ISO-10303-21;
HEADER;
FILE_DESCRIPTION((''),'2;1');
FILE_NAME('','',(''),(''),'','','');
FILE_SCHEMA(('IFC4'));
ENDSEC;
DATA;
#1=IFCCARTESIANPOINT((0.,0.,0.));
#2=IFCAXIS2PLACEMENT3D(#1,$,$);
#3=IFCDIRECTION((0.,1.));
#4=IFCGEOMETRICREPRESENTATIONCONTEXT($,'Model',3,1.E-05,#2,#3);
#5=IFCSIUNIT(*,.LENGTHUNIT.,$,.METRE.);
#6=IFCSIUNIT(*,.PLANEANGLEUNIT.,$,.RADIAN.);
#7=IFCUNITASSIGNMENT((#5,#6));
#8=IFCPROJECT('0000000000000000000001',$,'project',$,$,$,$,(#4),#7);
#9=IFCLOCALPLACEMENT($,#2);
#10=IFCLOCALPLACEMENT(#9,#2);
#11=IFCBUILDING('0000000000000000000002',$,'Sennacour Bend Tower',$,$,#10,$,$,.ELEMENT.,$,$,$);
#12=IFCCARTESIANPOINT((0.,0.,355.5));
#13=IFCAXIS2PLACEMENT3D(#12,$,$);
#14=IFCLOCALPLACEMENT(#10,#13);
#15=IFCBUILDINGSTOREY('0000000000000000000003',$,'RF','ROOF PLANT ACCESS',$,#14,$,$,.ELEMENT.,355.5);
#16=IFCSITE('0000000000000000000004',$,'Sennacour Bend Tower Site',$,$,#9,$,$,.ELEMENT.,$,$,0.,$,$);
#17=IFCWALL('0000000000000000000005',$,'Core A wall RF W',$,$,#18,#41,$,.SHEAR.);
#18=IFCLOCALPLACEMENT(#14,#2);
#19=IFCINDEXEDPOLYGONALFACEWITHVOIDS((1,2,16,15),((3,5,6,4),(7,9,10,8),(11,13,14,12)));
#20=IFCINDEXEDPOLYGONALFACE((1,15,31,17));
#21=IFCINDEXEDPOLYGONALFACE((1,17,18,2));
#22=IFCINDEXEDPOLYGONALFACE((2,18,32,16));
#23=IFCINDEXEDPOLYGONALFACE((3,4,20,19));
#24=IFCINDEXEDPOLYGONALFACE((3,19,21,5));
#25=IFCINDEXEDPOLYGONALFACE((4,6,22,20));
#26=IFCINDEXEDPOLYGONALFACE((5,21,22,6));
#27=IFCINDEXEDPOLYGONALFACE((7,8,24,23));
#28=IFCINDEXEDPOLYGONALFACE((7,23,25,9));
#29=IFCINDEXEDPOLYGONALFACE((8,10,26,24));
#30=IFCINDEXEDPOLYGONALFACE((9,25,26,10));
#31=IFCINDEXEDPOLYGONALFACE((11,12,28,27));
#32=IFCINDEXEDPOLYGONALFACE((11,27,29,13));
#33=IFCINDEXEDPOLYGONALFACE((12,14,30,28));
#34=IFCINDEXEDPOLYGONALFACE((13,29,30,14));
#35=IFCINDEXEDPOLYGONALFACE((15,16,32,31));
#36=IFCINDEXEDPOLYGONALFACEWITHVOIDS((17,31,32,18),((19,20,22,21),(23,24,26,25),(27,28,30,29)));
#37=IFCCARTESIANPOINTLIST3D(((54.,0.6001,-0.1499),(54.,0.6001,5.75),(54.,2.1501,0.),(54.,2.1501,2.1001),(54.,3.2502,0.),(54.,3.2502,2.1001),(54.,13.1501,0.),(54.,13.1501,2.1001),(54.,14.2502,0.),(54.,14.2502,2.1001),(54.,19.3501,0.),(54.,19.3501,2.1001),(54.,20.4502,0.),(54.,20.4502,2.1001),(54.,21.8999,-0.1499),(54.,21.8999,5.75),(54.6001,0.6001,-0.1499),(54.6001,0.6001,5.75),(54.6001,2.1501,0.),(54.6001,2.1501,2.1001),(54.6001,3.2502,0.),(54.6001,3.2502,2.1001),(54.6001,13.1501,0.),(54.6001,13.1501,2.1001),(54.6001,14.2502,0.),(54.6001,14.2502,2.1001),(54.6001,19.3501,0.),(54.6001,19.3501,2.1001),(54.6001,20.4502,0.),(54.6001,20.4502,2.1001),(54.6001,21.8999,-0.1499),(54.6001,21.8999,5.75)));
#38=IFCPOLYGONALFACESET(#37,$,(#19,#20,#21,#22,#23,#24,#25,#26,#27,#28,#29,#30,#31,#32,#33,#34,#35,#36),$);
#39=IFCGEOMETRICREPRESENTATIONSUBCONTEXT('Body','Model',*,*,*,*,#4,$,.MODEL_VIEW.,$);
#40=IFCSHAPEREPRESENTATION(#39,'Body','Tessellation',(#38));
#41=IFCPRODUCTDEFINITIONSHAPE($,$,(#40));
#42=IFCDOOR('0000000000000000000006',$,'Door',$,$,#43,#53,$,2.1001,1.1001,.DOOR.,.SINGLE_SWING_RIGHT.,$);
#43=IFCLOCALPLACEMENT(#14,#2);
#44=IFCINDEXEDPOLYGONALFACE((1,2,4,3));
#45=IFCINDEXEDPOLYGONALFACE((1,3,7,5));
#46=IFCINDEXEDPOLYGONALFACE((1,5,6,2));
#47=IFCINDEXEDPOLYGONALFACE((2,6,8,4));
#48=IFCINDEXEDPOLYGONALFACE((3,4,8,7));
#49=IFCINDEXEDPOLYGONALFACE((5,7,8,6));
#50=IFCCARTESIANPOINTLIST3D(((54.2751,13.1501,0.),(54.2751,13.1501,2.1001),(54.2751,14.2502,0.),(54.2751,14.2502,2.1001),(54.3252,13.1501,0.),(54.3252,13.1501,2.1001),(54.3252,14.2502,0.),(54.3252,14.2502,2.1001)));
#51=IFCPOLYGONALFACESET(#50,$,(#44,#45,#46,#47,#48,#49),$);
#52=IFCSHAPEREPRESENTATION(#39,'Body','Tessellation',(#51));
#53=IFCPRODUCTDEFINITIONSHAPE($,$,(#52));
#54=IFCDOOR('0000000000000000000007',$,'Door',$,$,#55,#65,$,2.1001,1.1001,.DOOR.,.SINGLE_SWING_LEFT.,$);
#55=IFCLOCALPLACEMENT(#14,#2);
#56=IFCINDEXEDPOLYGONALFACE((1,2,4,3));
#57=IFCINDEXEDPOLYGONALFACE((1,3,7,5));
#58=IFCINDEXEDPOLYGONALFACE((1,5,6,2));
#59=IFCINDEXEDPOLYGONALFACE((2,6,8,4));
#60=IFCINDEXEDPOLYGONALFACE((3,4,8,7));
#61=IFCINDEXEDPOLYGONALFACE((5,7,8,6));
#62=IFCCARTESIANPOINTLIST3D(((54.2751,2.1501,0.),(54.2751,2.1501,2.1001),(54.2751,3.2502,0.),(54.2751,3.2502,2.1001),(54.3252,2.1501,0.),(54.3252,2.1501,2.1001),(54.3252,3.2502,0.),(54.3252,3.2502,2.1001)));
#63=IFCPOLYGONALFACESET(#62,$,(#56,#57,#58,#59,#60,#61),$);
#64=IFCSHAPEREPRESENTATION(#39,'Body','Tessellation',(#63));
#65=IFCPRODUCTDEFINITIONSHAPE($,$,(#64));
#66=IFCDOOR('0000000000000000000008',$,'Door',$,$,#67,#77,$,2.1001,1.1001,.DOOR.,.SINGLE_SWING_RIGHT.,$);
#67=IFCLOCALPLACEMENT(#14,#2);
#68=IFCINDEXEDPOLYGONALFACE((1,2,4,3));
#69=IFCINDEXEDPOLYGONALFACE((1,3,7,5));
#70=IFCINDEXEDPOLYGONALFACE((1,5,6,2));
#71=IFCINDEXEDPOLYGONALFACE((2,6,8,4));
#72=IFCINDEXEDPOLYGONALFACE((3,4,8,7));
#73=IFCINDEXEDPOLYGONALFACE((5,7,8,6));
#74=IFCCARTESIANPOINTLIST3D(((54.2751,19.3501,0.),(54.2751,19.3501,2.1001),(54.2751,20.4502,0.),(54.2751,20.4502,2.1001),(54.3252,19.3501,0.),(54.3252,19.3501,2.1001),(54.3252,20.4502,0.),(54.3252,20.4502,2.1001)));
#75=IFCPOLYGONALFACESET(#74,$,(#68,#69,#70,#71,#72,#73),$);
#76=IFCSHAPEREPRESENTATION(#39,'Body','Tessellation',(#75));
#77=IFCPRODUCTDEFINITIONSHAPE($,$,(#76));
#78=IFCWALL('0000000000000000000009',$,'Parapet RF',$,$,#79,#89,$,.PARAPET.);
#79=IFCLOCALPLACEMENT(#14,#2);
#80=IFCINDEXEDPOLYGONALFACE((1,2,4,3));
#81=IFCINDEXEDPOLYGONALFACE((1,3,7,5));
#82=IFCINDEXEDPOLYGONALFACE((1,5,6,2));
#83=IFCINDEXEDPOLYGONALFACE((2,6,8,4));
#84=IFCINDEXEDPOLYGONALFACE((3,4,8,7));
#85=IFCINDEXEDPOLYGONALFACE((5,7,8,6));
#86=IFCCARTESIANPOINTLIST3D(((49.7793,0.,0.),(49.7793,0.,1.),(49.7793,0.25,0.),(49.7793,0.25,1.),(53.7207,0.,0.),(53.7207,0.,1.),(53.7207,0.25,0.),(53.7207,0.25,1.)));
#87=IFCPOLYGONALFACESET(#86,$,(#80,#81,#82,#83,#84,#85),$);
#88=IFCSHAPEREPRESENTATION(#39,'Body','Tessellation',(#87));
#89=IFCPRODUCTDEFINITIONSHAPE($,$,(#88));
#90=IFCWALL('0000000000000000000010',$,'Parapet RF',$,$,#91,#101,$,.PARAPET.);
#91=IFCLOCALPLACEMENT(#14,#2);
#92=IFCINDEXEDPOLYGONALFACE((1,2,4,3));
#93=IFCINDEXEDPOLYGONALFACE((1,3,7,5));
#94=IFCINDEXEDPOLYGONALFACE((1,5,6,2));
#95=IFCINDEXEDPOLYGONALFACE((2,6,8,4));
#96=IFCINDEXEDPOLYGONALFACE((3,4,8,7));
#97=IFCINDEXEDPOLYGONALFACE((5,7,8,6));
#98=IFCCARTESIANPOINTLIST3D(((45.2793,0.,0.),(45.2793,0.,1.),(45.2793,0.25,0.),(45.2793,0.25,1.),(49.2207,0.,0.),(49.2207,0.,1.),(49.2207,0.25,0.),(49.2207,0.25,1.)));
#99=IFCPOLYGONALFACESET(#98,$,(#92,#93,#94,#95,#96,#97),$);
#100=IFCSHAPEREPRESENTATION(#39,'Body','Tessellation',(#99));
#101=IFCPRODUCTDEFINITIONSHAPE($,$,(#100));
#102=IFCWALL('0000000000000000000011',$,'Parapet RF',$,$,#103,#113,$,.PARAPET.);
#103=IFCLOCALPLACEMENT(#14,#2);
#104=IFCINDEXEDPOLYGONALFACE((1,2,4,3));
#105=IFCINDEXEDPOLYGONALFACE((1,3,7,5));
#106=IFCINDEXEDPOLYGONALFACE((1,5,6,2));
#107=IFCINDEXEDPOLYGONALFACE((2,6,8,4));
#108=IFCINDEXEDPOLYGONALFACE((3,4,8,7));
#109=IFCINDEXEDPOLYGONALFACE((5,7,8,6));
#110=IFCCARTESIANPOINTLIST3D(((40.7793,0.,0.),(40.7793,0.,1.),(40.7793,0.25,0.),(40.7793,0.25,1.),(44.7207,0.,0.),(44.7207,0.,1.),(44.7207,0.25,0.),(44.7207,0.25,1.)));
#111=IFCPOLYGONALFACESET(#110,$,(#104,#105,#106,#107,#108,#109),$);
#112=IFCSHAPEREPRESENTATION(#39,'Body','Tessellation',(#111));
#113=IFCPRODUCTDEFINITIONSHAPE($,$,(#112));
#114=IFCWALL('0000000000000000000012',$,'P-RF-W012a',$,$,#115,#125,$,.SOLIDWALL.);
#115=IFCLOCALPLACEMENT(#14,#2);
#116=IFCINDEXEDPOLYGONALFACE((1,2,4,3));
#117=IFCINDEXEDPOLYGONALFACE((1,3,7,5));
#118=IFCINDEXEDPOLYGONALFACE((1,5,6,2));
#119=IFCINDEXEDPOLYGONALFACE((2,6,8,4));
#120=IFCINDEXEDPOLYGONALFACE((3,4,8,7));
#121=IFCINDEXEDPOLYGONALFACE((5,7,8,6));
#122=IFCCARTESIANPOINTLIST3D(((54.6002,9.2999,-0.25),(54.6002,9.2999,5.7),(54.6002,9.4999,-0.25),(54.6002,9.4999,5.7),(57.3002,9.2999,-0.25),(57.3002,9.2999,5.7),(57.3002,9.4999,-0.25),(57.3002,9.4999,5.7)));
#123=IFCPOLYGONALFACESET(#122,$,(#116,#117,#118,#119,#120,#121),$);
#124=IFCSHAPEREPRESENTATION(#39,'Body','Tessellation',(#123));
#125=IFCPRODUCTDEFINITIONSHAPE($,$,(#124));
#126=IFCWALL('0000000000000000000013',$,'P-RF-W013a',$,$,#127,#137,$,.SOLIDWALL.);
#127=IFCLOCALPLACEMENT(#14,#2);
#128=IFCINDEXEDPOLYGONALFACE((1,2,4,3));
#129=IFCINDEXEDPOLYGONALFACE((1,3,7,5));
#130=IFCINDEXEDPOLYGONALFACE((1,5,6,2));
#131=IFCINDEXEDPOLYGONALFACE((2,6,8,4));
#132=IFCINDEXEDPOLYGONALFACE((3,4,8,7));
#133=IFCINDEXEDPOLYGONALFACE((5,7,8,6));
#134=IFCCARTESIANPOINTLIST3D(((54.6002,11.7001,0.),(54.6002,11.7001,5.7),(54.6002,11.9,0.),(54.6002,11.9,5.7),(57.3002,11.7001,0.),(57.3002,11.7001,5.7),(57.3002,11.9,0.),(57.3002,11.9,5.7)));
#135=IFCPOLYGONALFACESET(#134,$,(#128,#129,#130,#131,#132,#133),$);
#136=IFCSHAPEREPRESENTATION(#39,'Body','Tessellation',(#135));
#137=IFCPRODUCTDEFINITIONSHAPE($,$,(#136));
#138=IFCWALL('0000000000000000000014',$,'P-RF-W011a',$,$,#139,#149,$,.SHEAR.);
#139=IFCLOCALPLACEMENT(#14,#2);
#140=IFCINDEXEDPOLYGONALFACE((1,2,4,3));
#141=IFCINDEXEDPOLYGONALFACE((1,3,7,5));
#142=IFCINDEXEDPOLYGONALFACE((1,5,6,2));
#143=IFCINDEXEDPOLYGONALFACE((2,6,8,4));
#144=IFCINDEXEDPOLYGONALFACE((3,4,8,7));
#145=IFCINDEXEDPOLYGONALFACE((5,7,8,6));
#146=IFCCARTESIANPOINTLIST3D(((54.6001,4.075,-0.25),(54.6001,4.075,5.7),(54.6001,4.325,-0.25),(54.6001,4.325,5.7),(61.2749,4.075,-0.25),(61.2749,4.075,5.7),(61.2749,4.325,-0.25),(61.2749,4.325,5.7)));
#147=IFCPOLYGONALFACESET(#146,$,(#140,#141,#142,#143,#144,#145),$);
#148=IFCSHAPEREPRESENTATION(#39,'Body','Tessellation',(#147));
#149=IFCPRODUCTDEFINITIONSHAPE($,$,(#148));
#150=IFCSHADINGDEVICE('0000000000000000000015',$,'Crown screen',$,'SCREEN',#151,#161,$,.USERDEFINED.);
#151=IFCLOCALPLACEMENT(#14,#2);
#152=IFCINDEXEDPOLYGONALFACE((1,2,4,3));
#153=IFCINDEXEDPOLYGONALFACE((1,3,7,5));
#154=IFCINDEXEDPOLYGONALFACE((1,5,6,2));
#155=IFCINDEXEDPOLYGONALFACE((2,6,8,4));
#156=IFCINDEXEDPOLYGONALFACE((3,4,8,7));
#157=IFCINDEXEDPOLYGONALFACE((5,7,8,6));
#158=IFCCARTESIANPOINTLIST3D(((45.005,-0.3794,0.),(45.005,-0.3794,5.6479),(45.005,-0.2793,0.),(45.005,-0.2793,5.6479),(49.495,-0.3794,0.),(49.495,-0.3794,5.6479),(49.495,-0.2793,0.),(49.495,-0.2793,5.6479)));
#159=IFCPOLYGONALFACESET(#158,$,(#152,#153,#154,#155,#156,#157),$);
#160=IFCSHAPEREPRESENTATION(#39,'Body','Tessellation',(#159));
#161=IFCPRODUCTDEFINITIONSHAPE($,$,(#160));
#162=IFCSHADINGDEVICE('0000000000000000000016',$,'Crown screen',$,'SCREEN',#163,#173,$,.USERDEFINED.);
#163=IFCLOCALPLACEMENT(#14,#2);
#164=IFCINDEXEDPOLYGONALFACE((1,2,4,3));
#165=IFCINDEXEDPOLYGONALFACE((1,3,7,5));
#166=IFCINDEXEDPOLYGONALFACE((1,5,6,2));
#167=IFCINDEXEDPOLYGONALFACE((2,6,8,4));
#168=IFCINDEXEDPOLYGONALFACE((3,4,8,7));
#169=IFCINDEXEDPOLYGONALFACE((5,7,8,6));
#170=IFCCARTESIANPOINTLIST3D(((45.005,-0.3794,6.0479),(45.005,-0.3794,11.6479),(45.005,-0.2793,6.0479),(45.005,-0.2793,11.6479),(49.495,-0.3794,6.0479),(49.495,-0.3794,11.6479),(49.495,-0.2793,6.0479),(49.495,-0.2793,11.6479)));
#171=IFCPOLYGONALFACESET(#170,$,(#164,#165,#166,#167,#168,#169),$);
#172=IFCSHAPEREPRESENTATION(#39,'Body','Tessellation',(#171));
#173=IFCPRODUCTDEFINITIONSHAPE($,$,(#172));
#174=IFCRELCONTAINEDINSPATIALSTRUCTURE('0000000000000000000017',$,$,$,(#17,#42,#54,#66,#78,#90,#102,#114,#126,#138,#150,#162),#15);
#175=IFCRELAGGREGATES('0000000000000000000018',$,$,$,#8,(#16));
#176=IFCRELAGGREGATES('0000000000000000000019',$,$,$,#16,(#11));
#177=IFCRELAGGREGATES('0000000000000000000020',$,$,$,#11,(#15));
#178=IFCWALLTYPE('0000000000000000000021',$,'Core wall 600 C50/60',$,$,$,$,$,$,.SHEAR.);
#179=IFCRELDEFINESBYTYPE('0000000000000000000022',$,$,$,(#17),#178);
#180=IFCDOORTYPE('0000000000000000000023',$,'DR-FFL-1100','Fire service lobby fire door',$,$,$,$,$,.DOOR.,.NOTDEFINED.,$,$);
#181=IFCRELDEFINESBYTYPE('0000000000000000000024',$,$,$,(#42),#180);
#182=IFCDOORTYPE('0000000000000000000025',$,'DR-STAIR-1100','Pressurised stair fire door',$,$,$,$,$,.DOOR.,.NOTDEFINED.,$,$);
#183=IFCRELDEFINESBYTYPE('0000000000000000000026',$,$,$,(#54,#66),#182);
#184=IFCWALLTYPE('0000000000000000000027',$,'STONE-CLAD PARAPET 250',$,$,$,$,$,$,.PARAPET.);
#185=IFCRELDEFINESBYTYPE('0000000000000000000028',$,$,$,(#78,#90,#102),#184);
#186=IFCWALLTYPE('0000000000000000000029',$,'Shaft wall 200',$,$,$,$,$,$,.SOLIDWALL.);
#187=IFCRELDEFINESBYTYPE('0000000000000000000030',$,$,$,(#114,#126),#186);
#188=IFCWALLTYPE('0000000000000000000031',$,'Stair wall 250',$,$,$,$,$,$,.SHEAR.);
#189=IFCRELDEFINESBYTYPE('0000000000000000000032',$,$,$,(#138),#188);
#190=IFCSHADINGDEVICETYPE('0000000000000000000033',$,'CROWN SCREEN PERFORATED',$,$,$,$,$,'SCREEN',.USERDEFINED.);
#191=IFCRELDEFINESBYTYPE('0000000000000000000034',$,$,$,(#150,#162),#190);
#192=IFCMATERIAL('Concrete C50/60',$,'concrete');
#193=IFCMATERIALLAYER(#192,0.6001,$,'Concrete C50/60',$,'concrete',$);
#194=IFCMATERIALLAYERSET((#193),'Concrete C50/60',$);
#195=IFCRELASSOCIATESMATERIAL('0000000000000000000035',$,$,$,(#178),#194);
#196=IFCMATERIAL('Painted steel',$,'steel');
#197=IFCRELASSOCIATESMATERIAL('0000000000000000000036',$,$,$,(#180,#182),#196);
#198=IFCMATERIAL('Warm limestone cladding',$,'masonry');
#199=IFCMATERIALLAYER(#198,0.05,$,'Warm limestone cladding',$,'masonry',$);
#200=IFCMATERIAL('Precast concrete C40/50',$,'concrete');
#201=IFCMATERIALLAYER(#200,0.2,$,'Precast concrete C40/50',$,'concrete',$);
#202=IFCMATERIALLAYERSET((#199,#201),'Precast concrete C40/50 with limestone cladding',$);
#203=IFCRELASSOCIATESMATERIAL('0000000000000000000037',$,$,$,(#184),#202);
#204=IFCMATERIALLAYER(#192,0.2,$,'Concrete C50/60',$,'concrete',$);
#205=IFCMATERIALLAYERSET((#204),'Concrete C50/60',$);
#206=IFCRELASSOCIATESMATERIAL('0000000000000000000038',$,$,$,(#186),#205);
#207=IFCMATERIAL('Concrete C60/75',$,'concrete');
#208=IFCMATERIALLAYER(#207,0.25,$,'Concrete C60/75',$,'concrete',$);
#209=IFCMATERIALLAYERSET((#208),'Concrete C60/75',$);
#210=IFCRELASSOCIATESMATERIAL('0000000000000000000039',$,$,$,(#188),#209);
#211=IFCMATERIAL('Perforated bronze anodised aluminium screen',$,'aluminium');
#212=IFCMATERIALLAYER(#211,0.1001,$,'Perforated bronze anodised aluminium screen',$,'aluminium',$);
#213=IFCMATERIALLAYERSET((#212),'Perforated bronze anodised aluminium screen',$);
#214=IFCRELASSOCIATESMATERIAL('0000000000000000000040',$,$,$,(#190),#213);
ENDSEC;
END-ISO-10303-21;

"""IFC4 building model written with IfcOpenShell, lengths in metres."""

from ifc_helpers import new_model, si_unit, direction, frame, frame_2d, origin, origin_2d, place, context, subcontext, project, spatial, rectangle, extrude, material, layer, layer_set, type_object, element, fill, save


model = new_model("IFC4")

# Units and contexts
model_context = context("Model", 3, precision=1e-05, world=origin(), true_north=direction((0.0, 1.0)))
body_context = subcontext(model_context, "Body", "Model", "MODEL_VIEW")
ifc_project = project(units=[si_unit("LENGTHUNIT", "METRE"), si_unit("PLANEANGLEUNIT", "RADIAN")], contexts=[model_context])

# Site, building, storey
site_placement = place(None, origin())
site = spatial("IfcSite", under=ifc_project, at=site_placement, Name="Sennacour Bend Tower Site", CompositionType="ELEMENT", RefElevation=0.0)
building_placement = place(site_placement, origin())
building = spatial("IfcBuilding", under=site, at=building_placement, Name="Sennacour Bend Tower", CompositionType="ELEMENT")
storey_placement = place(building_placement, frame((0.0, 0.0, 355.5)))
storey = spatial("IfcBuildingStorey", under=building, at=storey_placement, Name="RF", Description="ROOF PLANT ACCESS", CompositionType="ELEMENT", Elevation=355.5)

# Wall, openings, doors
ifc_material_1 = material(Name="Concrete C50/60", Category="concrete")
ifc_layer_1 = layer(ifc_material_1, 0.6001, Name="Concrete C50/60", Category="concrete")
ifc_layer_set_1 = layer_set([ifc_layer_1], Name="Concrete C50/60")
wall_type_1 = type_object("IfcWallType", Name="Core wall 600 C50/60", PredefinedType="SHEAR", material=ifc_layer_set_1)
wall_1_placement = place(storey_placement, frame((54.3, 0.6001, -0.1499), z_axis=(0.0, 0.0, 1.0), x_axis=(0.0, 1.0, 0.0)))
wall_1 = element("IfcWall", 1, at=wall_1_placement, inside=storey, type_object=wall_type_1, Name="Core A wall RF W", PredefinedType="SHEAR", context=body_context, shape_type="SweptSolid", body=[
    extrude(rectangle(XDim=21.2998, YDim=0.6001, at=frame_2d((10.6499, 0.0))), origin(), (0.0, 0.0, 1.0), 5.8999),
])
opening_1_placement = place(wall_1_placement, frame((1.55, 0.0, 0.1499)))
opening_1 = element("IfcOpeningElement", 2, at=opening_1_placement, cuts=wall_1, PredefinedType="OPENING", context=body_context, shape_type="SweptSolid", body=[
    extrude(rectangle(XDim=1.1001, YDim=2.1001, at=frame_2d((0.55, 1.05))), frame((0.0, 0.3101, 0.0), z_axis=(0.0, -1.0, 0.0), x_axis=(1.0, 0.0, 0.0)), (0.0, 0.0, 1.0), 0.6201),
])
opening_2_placement = place(wall_1_placement, frame((18.75, 0.0, 0.1499)))
opening_2 = element("IfcOpeningElement", 3, at=opening_2_placement, cuts=wall_1, PredefinedType="OPENING", context=body_context, shape_type="SweptSolid", body=[
    extrude(rectangle(XDim=1.1001, YDim=2.1001, at=frame_2d((0.55, 1.05))), frame((0.0, 0.3101, 0.0), z_axis=(0.0, -1.0, 0.0), x_axis=(1.0, 0.0, 0.0)), (0.0, 0.0, 1.0), 0.6201),
])
opening_3_placement = place(wall_1_placement, frame((12.55, 0.0, 0.1499)))
opening_3 = element("IfcOpeningElement", 4, at=opening_3_placement, cuts=wall_1, PredefinedType="OPENING", context=body_context, shape_type="SweptSolid", body=[
    extrude(rectangle(XDim=1.1001, YDim=2.1001, at=frame_2d((0.55, 1.05))), frame((0.0, 0.3101, 0.0), z_axis=(0.0, -1.0, 0.0), x_axis=(1.0, 0.0, 0.0)), (0.0, 0.0, 1.0), 0.6201),
])
ifc_material_2 = material(Name="Painted steel", Category="steel")
door_type_1 = type_object("IfcDoorType", Name="DR-FFL-1100", Description="Fire service lobby fire door", OperationType="NOTDEFINED", PredefinedType="DOOR", material=ifc_material_2)
door_1_placement = place(opening_3_placement, origin())
door_1 = element("IfcDoor", 5, at=door_1_placement, inside=storey, type_object=door_type_1, Name="Door", OperationType="SINGLE_SWING_RIGHT", OverallHeight=2.1001, OverallWidth=1.1001, PredefinedType="DOOR", context=body_context, shape_type="SweptSolid", body=[
    extrude(rectangle(XDim=1.1001, YDim=2.1001, at=frame_2d((0.55, 1.05))), frame((0.0, 0.0249, 0.0), z_axis=(0.0, -1.0, 0.0), x_axis=(1.0, 0.0, 0.0)), (0.0, 0.0, 1.0), 0.05),
])
fill(opening_3, door_1)
door_type_2 = type_object("IfcDoorType", Name="DR-STAIR-1100", Description="Pressurised stair fire door", OperationType="NOTDEFINED", PredefinedType="DOOR", material=ifc_material_2)
door_2_placement = place(opening_1_placement, origin())
door_2 = element("IfcDoor", 6, at=door_2_placement, inside=storey, type_object=door_type_2, Name="Door", OperationType="SINGLE_SWING_LEFT", OverallHeight=2.1001, OverallWidth=1.1001, PredefinedType="DOOR", context=body_context, shape_type="SweptSolid", body=[
    extrude(rectangle(XDim=1.1001, YDim=2.1001, at=frame_2d((0.55, 1.05))), frame((0.0, 0.0249, 0.0), z_axis=(0.0, -1.0, 0.0), x_axis=(1.0, 0.0, 0.0)), (0.0, 0.0, 1.0), 0.05),
])
fill(opening_1, door_2)
door_3_placement = place(opening_2_placement, origin())
door_3 = element("IfcDoor", 7, at=door_3_placement, inside=storey, type_object=door_type_2, Name="Door", OperationType="SINGLE_SWING_RIGHT", OverallHeight=2.1001, OverallWidth=1.1001, PredefinedType="DOOR", context=body_context, shape_type="SweptSolid", body=[
    extrude(rectangle(XDim=1.1001, YDim=2.1001, at=frame_2d((0.55, 1.05))), frame((0.0, 0.0249, 0.0), z_axis=(0.0, -1.0, 0.0), x_axis=(1.0, 0.0, 0.0)), (0.0, 0.0, 1.0), 0.05),
])
fill(opening_2, door_3)

# Walls
ifc_material_3 = material(Name="Warm limestone cladding", Category="masonry")
ifc_layer_2 = layer(ifc_material_3, 0.05, Name="Warm limestone cladding", Category="masonry")
ifc_material_4 = material(Name="Precast concrete C40/50", Category="concrete")
ifc_layer_3 = layer(ifc_material_4, 0.2, Name="Precast concrete C40/50", Category="concrete")
ifc_layer_set_2 = layer_set([ifc_layer_2, ifc_layer_3], Name="Precast concrete C40/50 with limestone cladding")
wall_type_2 = type_object("IfcWallType", Name="STONE-CLAD PARAPET 250", PredefinedType="PARAPET", material=ifc_layer_set_2)
for number, where, z_axis, x_axis, name in (
    (8, (53.7207, 0.125, 0.0), (0.0, 0.0, 1.0), (-1.0, 0.0, 0.0), "Parapet RF"),
    (9, (49.2207, 0.125, 0.0), (0.0, 0.0, 1.0), (-1.0, 0.0, 0.0), "Parapet RF"),
    (10, (44.7207, 0.125, 0.0), (0.0, 0.0, 1.0), (-1.0, 0.0, 0.0), "Parapet RF"),
):
    element("IfcWall", number, at=place(storey_placement, frame(where, z_axis=z_axis, x_axis=x_axis)), inside=storey, type_object=wall_type_2, Name=name, PredefinedType="PARAPET", context=body_context, shape_type="SweptSolid", body=[
        extrude(rectangle(XDim=3.9414, YDim=0.25, at=frame_2d((1.9707, 0.0))), origin(), (0.0, 0.0, 1.0), 1.0),
    ])
ifc_layer_4 = layer(ifc_material_1, 0.2, Name="Concrete C50/60", Category="concrete")
ifc_layer_set_3 = layer_set([ifc_layer_4], Name="Concrete C50/60")
wall_type_3 = type_object("IfcWallType", Name="Shaft wall 200", PredefinedType="SOLIDWALL", material=ifc_layer_set_3)
wall_2_placement = place(storey_placement, frame((54.6001, 9.3999, -0.25), z_axis=(0.0, 0.0, 1.0), x_axis=(1.0, 0.0, 0.0)))
element("IfcWall", 11, at=wall_2_placement, inside=storey, type_object=wall_type_3, Name="P-RF-W012a", PredefinedType="SOLIDWALL", context=body_context, shape_type="SweptSolid", body=[
    extrude(rectangle(XDim=2.7, YDim=0.2, at=frame_2d((1.3501, 0.0))), origin(), (0.0, 0.0, 1.0), 5.95),
])
wall_3_placement = place(storey_placement, frame((54.6001, 11.8, 0.0), z_axis=(0.0, 0.0, 1.0), x_axis=(1.0, 0.0, 0.0)))
element("IfcWall", 12, at=wall_3_placement, inside=storey, type_object=wall_type_3, Name="P-RF-W013a", PredefinedType="SOLIDWALL", context=body_context, shape_type="SweptSolid", body=[
    extrude(rectangle(XDim=2.7, YDim=0.2, at=frame_2d((1.3501, 0.0))), origin(), (0.0, 0.0, 1.0), 5.7),
])
ifc_material_5 = material(Name="Concrete C60/75", Category="concrete")
ifc_layer_5 = layer(ifc_material_5, 0.25, Name="Concrete C60/75", Category="concrete")
ifc_layer_set_4 = layer_set([ifc_layer_5], Name="Concrete C60/75")
wall_type_4 = type_object("IfcWallType", Name="Stair wall 250", PredefinedType="SHEAR", material=ifc_layer_set_4)
wall_4_placement = place(storey_placement, frame((54.6001, 4.2, -0.25), z_axis=(0.0, 0.0, 1.0), x_axis=(1.0, 0.0, 0.0)))
element("IfcWall", 13, at=wall_4_placement, inside=storey, type_object=wall_type_4, Name="P-RF-W011a", PredefinedType="SHEAR", context=body_context, shape_type="SweptSolid", body=[
    extrude(rectangle(XDim=6.6748, YDim=0.25, at=frame_2d((3.3374, 0.0))), origin(), (0.0, 0.0, 1.0), 5.95),
])

# Shading devices
ifc_material_6 = material(Name="Perforated bronze anodised aluminium screen", Category="aluminium")
ifc_layer_6 = layer(ifc_material_6, 0.1001, Name="Perforated bronze anodised aluminium screen", Category="aluminium")
ifc_layer_set_5 = layer_set([ifc_layer_6], Name="Perforated bronze anodised aluminium screen")
shading_device_type = type_object("IfcShadingDeviceType", Name="CROWN SCREEN PERFORATED", ElementType="SCREEN", PredefinedType="USERDEFINED", material=ifc_layer_set_5)
shading_device_1_placement = place(storey_placement, frame((47.25, -0.3293, 0.0), z_axis=(0.0, 0.0, 1.0), x_axis=(1.0, 0.0, 0.0)))
element("IfcShadingDevice", 14, at=shading_device_1_placement, inside=storey, type_object=shading_device_type, Name="Crown screen", ObjectType="SCREEN", PredefinedType="USERDEFINED", context=body_context, shape_type="SweptSolid", body=[
    extrude(rectangle(XDim=4.49, YDim=0.1001, at=origin_2d()), origin(), (0.0, 0.0, 1.0), 5.6479),
])
shading_device_2_placement = place(storey_placement, frame((47.25, -0.3293, 6.0479), z_axis=(0.0, 0.0, 1.0), x_axis=(1.0, 0.0, 0.0)))
element("IfcShadingDevice", 15, at=shading_device_2_placement, inside=storey, type_object=shading_device_type, Name="Crown screen", ObjectType="SCREEN", PredefinedType="USERDEFINED", context=body_context, shape_type="SweptSolid", body=[
    extrude(rectangle(XDim=4.49, YDim=0.1001, at=origin_2d()), origin(), (0.0, 0.0, 1.0), 5.6001),
])

save(model, "model.ifc")
